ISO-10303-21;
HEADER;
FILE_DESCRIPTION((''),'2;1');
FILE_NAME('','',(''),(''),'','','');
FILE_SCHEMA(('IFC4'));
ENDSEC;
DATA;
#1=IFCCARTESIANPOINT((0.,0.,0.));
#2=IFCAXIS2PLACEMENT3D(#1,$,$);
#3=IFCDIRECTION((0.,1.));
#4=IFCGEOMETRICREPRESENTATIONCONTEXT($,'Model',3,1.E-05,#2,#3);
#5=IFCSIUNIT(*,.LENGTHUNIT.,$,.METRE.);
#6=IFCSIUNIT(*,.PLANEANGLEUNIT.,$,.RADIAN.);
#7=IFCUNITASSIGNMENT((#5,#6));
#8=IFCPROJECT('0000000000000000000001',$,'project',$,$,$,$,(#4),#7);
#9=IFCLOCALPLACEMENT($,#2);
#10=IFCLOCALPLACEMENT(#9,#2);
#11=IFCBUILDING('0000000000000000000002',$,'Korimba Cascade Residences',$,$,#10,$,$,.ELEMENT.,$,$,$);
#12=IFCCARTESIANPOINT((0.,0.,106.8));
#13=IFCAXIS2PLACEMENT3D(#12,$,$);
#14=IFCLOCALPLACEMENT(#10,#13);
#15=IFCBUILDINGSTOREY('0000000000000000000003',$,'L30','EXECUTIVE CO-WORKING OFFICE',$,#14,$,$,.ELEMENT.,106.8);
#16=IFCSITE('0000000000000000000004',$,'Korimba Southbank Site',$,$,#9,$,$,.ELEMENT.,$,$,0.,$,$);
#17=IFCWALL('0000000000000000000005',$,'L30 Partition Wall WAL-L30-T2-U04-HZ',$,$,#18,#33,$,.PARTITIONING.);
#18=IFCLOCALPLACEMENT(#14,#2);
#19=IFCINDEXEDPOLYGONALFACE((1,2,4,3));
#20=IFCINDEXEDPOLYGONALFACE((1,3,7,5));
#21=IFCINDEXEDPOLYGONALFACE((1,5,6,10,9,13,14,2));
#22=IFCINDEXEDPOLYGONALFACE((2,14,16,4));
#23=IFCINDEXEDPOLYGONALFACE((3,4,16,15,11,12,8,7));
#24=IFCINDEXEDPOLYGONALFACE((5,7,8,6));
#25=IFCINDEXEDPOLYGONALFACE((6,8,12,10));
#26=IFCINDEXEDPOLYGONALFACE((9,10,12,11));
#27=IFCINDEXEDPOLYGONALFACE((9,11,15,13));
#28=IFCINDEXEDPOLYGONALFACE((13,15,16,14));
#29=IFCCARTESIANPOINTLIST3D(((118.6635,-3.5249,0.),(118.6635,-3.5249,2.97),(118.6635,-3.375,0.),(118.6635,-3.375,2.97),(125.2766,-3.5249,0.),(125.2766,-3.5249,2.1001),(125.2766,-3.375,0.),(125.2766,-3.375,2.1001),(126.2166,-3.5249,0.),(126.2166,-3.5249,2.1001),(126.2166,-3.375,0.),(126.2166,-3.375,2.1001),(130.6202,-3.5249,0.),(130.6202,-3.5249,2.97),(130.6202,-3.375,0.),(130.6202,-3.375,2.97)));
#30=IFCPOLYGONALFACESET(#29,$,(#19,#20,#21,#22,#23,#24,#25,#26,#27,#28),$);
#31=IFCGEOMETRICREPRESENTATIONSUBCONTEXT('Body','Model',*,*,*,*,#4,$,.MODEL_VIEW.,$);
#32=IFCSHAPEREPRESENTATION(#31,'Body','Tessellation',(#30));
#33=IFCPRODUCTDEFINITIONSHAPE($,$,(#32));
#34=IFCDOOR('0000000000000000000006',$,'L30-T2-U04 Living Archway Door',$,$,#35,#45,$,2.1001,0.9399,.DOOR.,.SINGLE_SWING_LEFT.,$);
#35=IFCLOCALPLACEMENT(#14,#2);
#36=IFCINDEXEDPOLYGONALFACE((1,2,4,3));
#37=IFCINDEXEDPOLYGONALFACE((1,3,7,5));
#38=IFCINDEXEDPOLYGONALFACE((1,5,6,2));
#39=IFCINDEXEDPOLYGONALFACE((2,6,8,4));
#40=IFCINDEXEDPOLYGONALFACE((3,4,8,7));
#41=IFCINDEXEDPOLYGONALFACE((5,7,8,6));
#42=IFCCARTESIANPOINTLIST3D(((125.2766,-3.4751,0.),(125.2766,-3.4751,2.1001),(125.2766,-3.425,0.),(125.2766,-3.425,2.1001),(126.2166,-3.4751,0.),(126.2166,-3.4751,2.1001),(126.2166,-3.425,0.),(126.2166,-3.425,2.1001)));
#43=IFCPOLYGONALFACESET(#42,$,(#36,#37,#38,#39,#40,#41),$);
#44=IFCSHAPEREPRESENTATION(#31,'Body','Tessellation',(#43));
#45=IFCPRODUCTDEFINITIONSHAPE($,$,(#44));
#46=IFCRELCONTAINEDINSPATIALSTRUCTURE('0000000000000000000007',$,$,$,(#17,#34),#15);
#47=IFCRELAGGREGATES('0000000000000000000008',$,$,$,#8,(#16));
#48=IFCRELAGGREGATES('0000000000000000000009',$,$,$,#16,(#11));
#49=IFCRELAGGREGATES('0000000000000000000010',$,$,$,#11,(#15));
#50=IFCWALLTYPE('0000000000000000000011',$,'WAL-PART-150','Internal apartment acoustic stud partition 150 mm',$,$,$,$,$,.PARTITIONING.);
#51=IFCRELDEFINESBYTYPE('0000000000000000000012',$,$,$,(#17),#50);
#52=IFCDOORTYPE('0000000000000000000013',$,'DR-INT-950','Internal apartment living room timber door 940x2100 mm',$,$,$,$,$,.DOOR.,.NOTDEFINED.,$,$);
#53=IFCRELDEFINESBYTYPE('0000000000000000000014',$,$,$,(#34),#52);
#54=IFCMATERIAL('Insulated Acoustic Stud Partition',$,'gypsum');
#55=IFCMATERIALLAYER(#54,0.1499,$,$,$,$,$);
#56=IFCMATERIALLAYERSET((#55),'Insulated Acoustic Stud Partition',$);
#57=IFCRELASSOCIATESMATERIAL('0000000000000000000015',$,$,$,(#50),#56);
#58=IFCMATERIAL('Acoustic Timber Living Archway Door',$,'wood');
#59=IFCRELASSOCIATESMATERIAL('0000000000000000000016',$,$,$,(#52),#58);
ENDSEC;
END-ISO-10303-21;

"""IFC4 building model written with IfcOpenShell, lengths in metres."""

from ifc_helpers import new_model, si_unit, direction, frame, frame_2d, origin, place, context, subcontext, project, spatial, rectangle, extrude, material, layer, layer_set, type_object, element, fill, save


model = new_model("IFC4")

# Units and contexts
model_context = context("Model", 3, precision=1e-05, world=origin(), true_north=direction((0.0, 1.0)))
body_context = subcontext(model_context, "Body", "Model", "MODEL_VIEW")
ifc_project = project(units=[si_unit("LENGTHUNIT", "METRE"), si_unit("PLANEANGLEUNIT", "RADIAN")], contexts=[model_context])

# Site, building, storey
site_placement = place(None, origin())
site = spatial("IfcSite", under=ifc_project, at=site_placement, Name="Korimba Southbank Site", CompositionType="ELEMENT", RefElevation=0.0)
building_placement = place(site_placement, origin())
building = spatial("IfcBuilding", under=site, at=building_placement, Name="Korimba Cascade Residences", CompositionType="ELEMENT")
storey_placement = place(building_placement, frame((0.0, 0.0, 106.8)))
storey = spatial("IfcBuildingStorey", under=building, at=storey_placement, Name="L30", Description="EXECUTIVE CO-WORKING OFFICE", CompositionType="ELEMENT", Elevation=106.8)

# Shared definitions
ifc_material_1 = material(Name="Insulated Acoustic Stud Partition", Category="gypsum")
ifc_layer = layer(ifc_material_1, 0.1499)
ifc_layer_set = layer_set([ifc_layer], Name="Insulated Acoustic Stud Partition")
wall_type = type_object("IfcWallType", Name="WAL-PART-150", Description="Internal apartment acoustic stud partition 150 mm", PredefinedType="PARTITIONING", material=ifc_layer_set)

# Wall, opening, door
wall_1_placement = place(storey_placement, frame((118.6633, -3.45, 0.0), z_axis=(0.0, 0.0, 1.0), x_axis=(1.0, 0.0, 0.0)))
wall_1 = element("IfcWall", 1, at=wall_1_placement, inside=storey, type_object=wall_type, Name="L30 Partition Wall WAL-L30-T2-U04-HZ", PredefinedType="PARTITIONING", context=body_context, shape_type="SweptSolid", body=[
    extrude(rectangle(XDim=11.9568, YDim=0.1499, at=frame_2d((5.9785, 0.0))), origin(), (0.0, 0.0, 1.0), 2.97),
])
opening_1_placement = place(wall_1_placement, frame((6.6133, 0.0, 0.0)))
opening_1 = element("IfcOpeningElement", 2, at=opening_1_placement, cuts=wall_1, PredefinedType="OPENING", context=body_context, shape_type="SweptSolid", body=[
    extrude(rectangle(XDim=0.9399, YDim=2.1001, at=frame_2d((0.47, 1.05))), frame((0.0, 0.085, 0.0), z_axis=(0.0, -1.0, 0.0), x_axis=(1.0, 0.0, 0.0)), (0.0, 0.0, 1.0), 0.1699),
])
ifc_material_2 = material(Name="Acoustic Timber Living Archway Door", Category="wood")
door_type_1 = type_object("IfcDoorType", Name="DR-INT-950", Description="Internal apartment living room timber door 940x2100 mm", OperationType="NOTDEFINED", PredefinedType="DOOR", material=ifc_material_2)
door_1_placement = place(opening_1_placement, origin())
door_1 = element("IfcDoor", 3, at=door_1_placement, inside=storey, type_object=door_type_1, Name="L30-T2-U04 Living Archway Door", OperationType="SINGLE_SWING_LEFT", OverallHeight=2.1001, OverallWidth=0.9399, PredefinedType="DOOR", context=body_context, shape_type="SweptSolid", body=[
    extrude(rectangle(XDim=0.9399, YDim=2.1001, at=frame_2d((0.47, 1.05))), frame((0.0, 0.0249, 0.0), z_axis=(0.0, -1.0, 0.0), x_axis=(1.0, 0.0, 0.0)), (0.0, 0.0, 1.0), 0.05),
])
fill(opening_1, door_1)

save(model, "model.ifc")
